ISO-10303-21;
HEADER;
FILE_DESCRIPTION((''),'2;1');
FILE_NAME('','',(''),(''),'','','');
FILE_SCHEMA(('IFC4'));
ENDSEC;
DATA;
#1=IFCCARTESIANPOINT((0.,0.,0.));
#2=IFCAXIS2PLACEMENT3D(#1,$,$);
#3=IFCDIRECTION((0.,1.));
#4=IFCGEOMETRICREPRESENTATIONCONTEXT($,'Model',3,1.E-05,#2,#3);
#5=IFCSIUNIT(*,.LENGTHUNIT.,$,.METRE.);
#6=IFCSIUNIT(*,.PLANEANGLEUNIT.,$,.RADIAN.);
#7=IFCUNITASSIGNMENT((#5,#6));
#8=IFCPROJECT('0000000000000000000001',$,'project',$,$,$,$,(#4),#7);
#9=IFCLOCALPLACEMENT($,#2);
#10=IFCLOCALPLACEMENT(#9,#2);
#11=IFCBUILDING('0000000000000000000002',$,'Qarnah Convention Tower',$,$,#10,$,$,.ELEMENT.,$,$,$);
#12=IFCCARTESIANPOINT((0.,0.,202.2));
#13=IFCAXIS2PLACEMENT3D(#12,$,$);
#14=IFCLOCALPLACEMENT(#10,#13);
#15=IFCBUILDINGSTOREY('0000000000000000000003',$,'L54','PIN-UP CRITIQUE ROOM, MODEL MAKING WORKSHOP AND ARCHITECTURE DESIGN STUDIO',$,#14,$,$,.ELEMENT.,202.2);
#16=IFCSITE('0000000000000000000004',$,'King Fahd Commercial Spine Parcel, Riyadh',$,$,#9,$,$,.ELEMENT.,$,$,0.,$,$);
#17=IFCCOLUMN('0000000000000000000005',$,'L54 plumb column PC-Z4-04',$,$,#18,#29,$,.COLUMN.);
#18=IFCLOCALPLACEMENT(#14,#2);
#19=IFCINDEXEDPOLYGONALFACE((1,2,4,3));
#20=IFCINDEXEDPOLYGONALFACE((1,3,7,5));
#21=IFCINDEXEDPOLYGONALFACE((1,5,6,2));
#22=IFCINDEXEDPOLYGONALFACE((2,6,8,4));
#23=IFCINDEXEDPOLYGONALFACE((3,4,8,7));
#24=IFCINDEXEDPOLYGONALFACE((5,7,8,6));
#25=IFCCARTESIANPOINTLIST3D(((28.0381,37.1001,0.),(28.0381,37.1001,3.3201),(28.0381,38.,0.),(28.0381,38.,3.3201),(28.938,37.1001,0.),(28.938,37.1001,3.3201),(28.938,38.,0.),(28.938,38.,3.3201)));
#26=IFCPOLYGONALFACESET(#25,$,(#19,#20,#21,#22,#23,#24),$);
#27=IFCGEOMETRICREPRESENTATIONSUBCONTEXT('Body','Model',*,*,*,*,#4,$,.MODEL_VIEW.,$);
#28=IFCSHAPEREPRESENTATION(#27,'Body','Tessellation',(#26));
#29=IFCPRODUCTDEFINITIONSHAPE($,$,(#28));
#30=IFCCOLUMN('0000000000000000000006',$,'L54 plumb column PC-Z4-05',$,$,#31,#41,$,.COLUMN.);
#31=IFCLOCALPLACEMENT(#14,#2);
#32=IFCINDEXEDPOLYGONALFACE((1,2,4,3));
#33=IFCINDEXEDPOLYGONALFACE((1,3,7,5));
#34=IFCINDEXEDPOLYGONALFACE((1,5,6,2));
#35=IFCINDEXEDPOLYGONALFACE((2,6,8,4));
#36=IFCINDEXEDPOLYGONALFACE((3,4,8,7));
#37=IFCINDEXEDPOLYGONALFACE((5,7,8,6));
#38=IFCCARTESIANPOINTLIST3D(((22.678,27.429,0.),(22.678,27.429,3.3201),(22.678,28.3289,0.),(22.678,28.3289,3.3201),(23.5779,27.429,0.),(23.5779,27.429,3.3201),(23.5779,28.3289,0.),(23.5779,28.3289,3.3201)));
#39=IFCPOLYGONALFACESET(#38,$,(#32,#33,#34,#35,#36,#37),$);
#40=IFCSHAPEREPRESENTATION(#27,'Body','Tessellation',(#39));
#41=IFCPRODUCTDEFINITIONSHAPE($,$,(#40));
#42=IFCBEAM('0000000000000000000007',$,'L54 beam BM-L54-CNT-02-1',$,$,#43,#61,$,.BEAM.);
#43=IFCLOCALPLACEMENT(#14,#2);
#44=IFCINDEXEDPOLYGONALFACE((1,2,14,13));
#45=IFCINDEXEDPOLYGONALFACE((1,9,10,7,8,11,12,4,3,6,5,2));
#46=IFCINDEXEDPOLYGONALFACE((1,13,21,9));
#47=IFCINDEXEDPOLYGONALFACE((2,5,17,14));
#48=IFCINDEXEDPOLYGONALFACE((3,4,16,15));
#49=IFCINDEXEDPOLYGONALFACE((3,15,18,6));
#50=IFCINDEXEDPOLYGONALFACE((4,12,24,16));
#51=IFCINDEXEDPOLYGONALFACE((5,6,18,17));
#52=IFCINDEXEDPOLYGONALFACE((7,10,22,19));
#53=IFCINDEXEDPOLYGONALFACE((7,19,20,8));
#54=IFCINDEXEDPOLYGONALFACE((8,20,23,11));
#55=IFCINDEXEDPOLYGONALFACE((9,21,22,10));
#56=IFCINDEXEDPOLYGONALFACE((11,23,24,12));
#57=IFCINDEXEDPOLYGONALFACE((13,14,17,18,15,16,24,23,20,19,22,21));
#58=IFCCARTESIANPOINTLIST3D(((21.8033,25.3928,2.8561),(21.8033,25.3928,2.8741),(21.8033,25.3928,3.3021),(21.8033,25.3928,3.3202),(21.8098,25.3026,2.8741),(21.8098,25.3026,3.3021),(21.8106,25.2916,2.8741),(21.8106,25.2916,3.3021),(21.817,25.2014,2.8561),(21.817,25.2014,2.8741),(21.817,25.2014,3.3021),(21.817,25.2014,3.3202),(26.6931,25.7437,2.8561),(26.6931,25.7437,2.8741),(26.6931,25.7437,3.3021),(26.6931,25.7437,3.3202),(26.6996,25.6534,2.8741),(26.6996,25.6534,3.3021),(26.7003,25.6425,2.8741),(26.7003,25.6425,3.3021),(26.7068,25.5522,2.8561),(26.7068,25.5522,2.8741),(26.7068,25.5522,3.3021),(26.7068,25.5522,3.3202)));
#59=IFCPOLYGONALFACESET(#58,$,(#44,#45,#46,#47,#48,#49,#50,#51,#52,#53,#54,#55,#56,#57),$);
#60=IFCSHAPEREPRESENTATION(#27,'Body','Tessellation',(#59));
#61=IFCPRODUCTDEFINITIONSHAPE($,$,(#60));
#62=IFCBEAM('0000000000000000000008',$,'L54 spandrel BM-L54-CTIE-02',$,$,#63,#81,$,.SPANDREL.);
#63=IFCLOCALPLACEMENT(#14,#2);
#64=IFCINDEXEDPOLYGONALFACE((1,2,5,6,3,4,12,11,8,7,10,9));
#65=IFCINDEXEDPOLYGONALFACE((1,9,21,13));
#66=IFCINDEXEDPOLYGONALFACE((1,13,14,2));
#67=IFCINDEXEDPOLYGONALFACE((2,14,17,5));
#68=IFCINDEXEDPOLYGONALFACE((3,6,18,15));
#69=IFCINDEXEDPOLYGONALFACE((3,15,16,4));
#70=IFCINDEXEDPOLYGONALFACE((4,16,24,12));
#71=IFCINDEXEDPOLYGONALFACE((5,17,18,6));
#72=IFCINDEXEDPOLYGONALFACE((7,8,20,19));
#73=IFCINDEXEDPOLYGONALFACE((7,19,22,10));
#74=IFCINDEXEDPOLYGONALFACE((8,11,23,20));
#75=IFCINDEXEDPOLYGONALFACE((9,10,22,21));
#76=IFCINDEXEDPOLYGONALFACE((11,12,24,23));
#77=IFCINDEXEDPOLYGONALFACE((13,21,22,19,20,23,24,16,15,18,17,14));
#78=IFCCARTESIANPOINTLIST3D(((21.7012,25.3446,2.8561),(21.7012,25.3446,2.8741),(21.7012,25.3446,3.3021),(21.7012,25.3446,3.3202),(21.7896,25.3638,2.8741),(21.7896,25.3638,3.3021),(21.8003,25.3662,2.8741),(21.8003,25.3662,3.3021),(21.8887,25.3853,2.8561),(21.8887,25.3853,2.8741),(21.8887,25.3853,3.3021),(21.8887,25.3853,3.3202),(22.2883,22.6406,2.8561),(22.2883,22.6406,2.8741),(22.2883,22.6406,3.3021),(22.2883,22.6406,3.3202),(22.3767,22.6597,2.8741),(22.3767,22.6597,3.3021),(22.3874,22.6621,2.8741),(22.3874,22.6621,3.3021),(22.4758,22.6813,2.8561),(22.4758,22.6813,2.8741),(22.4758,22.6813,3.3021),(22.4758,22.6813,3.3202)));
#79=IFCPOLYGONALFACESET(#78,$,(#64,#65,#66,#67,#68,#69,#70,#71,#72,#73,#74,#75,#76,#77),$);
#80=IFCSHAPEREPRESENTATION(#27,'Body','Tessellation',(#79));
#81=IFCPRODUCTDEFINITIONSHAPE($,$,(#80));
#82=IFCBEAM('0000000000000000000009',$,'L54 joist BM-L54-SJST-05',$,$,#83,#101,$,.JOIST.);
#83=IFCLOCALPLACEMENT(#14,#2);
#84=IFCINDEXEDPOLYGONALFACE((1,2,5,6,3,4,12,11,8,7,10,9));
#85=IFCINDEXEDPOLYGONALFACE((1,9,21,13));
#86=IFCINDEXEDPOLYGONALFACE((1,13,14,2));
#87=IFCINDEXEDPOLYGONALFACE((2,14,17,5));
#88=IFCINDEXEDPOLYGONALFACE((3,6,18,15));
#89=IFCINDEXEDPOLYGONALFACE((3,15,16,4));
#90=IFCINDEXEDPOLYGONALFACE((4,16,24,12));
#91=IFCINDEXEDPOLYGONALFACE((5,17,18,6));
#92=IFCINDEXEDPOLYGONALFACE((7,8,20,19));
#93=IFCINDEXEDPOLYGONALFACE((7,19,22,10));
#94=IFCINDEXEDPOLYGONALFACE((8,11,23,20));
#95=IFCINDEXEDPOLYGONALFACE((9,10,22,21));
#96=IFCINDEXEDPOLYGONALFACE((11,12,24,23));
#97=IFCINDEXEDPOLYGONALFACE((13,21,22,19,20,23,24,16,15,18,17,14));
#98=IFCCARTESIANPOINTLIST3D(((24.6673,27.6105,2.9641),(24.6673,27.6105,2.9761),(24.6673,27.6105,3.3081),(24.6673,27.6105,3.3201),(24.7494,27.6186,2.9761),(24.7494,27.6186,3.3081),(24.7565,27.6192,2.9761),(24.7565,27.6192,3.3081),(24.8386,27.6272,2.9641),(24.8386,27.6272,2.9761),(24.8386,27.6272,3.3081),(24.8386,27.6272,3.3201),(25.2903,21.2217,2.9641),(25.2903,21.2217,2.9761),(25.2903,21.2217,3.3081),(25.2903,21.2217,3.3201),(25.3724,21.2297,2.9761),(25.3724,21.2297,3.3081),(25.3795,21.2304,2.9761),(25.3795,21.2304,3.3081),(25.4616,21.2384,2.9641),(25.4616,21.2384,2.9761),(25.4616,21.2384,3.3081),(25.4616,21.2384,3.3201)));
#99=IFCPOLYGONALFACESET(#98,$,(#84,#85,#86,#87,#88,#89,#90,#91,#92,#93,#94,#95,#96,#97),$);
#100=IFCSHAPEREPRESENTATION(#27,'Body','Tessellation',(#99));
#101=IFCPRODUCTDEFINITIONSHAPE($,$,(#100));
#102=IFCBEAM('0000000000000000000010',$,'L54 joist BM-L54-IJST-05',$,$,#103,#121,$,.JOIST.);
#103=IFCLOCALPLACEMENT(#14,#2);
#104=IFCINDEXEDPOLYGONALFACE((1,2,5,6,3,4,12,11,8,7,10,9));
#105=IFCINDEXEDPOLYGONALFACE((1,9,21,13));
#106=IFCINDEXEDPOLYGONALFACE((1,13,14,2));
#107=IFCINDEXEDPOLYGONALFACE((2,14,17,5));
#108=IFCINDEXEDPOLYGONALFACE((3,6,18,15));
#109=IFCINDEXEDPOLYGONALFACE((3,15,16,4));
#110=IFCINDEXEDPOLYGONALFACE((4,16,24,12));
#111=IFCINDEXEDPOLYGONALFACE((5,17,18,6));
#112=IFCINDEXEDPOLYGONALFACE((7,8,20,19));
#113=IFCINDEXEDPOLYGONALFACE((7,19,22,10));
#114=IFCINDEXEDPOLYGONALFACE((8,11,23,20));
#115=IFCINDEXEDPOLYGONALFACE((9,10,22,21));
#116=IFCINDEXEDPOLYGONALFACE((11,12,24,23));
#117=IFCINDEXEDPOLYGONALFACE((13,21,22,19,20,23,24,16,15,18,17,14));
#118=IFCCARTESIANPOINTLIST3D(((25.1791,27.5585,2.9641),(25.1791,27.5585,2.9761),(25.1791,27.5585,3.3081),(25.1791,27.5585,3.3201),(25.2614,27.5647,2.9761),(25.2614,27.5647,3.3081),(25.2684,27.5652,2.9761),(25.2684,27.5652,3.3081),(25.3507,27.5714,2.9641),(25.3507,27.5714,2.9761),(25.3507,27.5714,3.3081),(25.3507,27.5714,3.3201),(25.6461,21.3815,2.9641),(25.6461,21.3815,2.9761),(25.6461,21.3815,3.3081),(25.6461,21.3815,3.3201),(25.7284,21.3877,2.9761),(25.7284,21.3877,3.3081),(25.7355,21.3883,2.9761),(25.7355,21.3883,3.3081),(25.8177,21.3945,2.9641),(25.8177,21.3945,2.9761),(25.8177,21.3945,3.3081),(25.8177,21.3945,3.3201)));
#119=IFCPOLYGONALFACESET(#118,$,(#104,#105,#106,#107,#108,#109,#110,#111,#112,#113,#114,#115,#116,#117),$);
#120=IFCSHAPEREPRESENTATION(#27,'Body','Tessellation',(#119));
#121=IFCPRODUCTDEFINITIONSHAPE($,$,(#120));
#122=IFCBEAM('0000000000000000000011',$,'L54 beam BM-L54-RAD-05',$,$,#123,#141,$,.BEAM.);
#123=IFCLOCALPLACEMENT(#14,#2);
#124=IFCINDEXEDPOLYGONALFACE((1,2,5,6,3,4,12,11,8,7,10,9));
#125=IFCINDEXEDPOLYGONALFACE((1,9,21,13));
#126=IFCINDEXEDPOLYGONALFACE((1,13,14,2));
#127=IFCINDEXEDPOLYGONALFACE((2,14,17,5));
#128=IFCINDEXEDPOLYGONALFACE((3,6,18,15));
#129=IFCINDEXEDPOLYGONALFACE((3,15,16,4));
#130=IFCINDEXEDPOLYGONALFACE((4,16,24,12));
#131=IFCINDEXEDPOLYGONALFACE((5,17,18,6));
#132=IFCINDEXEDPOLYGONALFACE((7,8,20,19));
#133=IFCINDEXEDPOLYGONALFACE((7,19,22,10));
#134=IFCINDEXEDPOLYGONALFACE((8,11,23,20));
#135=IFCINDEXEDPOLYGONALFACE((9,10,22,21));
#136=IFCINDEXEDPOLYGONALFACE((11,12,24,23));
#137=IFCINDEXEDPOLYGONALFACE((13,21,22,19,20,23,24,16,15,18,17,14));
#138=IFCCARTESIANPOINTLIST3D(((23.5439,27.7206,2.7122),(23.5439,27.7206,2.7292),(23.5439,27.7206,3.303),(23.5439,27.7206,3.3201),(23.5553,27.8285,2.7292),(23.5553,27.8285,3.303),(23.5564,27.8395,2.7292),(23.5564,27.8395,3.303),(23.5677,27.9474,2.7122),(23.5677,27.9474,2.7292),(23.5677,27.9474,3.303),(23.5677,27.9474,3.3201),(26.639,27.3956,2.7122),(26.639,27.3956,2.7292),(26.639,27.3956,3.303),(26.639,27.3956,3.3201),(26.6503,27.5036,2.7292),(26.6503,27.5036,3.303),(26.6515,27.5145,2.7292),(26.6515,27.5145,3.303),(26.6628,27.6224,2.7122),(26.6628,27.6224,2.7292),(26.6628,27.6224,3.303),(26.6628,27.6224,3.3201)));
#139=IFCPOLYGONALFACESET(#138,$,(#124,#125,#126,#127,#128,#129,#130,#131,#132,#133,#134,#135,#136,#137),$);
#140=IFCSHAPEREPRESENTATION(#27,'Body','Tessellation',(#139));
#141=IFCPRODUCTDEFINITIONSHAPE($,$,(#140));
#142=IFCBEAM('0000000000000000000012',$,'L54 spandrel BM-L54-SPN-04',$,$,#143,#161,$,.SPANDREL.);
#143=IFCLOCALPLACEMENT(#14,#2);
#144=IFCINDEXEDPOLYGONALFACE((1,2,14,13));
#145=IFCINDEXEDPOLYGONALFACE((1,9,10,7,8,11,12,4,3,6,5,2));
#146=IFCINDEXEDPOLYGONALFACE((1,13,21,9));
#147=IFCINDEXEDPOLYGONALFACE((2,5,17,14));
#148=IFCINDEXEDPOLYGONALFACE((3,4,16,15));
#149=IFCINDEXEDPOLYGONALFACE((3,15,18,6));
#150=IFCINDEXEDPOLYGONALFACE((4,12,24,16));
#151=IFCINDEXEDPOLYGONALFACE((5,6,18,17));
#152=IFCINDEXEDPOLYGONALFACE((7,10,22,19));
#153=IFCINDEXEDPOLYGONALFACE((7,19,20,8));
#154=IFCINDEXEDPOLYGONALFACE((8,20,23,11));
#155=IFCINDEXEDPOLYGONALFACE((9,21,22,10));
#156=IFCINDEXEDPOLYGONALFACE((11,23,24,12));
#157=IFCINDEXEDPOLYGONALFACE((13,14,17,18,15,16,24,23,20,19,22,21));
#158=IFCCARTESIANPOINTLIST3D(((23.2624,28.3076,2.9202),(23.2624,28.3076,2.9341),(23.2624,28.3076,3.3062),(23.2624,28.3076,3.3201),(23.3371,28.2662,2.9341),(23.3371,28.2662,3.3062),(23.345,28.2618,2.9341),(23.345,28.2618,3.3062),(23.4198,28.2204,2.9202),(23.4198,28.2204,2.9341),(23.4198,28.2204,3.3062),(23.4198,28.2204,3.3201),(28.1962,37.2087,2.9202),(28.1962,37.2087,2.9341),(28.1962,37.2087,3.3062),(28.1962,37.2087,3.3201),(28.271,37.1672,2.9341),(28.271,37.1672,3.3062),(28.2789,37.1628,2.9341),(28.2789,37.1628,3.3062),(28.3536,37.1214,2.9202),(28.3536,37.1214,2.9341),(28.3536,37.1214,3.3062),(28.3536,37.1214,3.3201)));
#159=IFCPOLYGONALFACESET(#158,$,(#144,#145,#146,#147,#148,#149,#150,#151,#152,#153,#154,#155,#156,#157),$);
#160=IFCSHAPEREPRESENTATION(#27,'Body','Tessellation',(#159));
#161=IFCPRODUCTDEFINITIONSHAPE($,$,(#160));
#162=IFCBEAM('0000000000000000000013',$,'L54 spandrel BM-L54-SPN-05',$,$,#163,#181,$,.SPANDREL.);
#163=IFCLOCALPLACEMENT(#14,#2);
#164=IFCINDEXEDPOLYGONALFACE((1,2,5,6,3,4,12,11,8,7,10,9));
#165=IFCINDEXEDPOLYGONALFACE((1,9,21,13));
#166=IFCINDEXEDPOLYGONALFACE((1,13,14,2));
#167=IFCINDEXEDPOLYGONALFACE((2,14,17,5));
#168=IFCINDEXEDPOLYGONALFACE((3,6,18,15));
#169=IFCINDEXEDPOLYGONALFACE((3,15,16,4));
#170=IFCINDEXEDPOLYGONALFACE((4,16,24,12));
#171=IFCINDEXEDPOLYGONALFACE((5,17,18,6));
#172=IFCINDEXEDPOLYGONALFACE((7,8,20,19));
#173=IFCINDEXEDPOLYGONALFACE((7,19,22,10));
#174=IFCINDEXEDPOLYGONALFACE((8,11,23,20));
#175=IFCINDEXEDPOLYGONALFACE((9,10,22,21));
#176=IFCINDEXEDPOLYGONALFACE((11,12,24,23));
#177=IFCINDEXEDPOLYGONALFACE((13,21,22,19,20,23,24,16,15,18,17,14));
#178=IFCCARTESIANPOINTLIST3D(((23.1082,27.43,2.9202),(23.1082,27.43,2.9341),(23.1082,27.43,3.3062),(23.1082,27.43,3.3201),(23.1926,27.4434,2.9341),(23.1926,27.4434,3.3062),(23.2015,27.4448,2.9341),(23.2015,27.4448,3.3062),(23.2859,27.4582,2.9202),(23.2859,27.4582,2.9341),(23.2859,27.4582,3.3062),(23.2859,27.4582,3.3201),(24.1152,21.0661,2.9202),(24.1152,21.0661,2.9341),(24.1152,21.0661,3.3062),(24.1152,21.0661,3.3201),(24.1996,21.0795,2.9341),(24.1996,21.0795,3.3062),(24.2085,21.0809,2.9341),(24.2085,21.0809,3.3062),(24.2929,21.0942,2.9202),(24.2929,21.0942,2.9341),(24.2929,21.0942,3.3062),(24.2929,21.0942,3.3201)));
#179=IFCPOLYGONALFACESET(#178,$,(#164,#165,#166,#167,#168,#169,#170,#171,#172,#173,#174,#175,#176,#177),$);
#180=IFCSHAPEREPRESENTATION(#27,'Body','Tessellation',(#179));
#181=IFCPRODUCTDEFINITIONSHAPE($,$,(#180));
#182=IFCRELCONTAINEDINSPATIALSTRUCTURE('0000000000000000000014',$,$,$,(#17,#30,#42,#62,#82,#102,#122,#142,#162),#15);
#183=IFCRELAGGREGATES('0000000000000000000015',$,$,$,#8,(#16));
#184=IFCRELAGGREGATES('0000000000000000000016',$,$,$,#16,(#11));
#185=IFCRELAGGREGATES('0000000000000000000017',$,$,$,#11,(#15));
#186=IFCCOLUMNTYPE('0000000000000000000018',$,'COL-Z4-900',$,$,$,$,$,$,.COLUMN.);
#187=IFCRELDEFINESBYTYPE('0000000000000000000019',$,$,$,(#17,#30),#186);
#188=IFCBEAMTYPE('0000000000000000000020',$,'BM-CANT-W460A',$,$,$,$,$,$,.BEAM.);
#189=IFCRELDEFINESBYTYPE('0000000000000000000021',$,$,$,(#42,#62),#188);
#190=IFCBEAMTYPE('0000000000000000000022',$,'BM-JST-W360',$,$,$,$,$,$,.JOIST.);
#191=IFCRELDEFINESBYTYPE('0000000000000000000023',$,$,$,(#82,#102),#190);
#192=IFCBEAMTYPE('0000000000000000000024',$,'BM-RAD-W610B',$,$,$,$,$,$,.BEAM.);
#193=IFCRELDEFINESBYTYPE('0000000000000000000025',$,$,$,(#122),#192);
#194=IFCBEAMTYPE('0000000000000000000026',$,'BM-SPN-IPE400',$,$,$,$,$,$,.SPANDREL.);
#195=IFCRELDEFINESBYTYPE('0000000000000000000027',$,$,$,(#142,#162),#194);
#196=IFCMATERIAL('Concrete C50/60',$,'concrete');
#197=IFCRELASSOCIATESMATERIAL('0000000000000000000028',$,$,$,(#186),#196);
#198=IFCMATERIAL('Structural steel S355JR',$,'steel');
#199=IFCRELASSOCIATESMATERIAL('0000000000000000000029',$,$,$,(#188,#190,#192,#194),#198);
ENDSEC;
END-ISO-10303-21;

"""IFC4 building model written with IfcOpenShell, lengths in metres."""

from ifc_helpers import new_model, si_unit, direction, frame, origin, origin_2d, place, context, subcontext, project, spatial, rectangle, i_section, extrude, material, material_profile, profile_set, type_object, element, save


model = new_model("IFC4")

# Units and contexts
model_context = context("Model", 3, precision=1e-05, world=origin(), true_north=direction((0.0, 1.0)))
body_context = subcontext(model_context, "Body", "Model", "MODEL_VIEW")
ifc_project = project(units=[si_unit("LENGTHUNIT", "METRE"), si_unit("PLANEANGLEUNIT", "RADIAN")], contexts=[model_context])

# Site, building, storey
site_placement = place(None, origin())
site = spatial("IfcSite", under=ifc_project, at=site_placement, Name="King Fahd Commercial Spine Parcel, Riyadh", CompositionType="ELEMENT", RefElevation=0.0)
building_placement = place(site_placement, origin())
building = spatial("IfcBuilding", under=site, at=building_placement, Name="Qarnah Convention Tower", CompositionType="ELEMENT")
storey_placement = place(building_placement, frame((0.0, 0.0, 202.2)))
storey = spatial("IfcBuildingStorey", under=building, at=storey_placement, Name="L54", Description="PIN-UP CRITIQUE ROOM, MODEL MAKING WORKSHOP AND ARCHITECTURE DESIGN STUDIO", CompositionType="ELEMENT", Elevation=202.2)

# Columns
ifc_material_1 = material(Name="Concrete C50/60", Category="concrete")
ifc_material_profile_1 = material_profile(ifc_material_1, rectangle(XDim=0.8999, YDim=0.8999, at=origin_2d()), Name="RC-COL-900X900")
ifc_profile_set_1 = profile_set([ifc_material_profile_1], Name="Concrete C50/60")
column_type = type_object("IfcColumnType", Name="COL-Z4-900", PredefinedType="COLUMN", material=ifc_profile_set_1)
for number, where, z_axis, x_axis, name in (
    (1, (28.488, 37.55, 0.0), (0.0, 0.0, 1.0), (1.0, 0.0, 0.0), "L54 plumb column PC-Z4-04"),
    (2, (23.1279, 27.8789, 0.0), (0.0, 0.0, 1.0), (1.0, 0.0, 0.0), "L54 plumb column PC-Z4-05"),
):
    element("IfcColumn", number, at=place(storey_placement, frame(where, z_axis=z_axis, x_axis=x_axis)), inside=storey, type_object=column_type, Name=name, PredefinedType="COLUMN", context=body_context, shape_type="SweptSolid", body=[
        extrude(rectangle(XDim=0.8999, YDim=0.8999, at=origin_2d()), origin(), (0.0, 0.0, 1.0), 3.3201),
    ])

# Beams
ifc_material_2 = material(Name="Structural steel S355JR", Category="steel")
ifc_material_profile_2 = material_profile(ifc_material_2, i_section(OverallWidth=0.1919, OverallDepth=0.4641, WebThickness=0.011, FlangeThickness=0.0181, at=origin_2d()), Name="W460X89")
ifc_profile_set_2 = profile_set([ifc_material_profile_2], Name="Structural steel S355JR")
beam_type_1 = type_object("IfcBeamType", Name="BM-CANT-W460A", PredefinedType="BEAM", material=ifc_profile_set_2)
beam_1_placement = place(storey_placement, frame((26.7, 25.6479, 3.0881), z_axis=(-0.997436, -0.071562, 0.0), x_axis=(0.071562, -0.997436, 0.0)))
element("IfcBeam", 3, at=beam_1_placement, inside=storey, type_object=beam_type_1, Name="L54 beam BM-L54-CNT-02-1", PredefinedType="BEAM", context=body_context, shape_type="SweptSolid", body=[
    extrude(i_section(OverallWidth=0.1919, OverallDepth=0.4641, WebThickness=0.011, FlangeThickness=0.0181, at=origin_2d()), origin(), (0.0, 0.0, 1.0), 4.9023),
])
beam_2_placement = place(storey_placement, frame((21.7949, 25.365, 3.0881), z_axis=(0.212192, -0.977228, 0.0), x_axis=(0.977228, 0.212192, 0.0)))
element("IfcBeam", 4, at=beam_2_placement, inside=storey, type_object=beam_type_1, Name="L54 spandrel BM-L54-CTIE-02", PredefinedType="SPANDREL", context=body_context, shape_type="SweptSolid", body=[
    extrude(i_section(OverallWidth=0.1919, OverallDepth=0.4641, WebThickness=0.011, FlangeThickness=0.0181, at=origin_2d()), origin(), (0.0, 0.0, 1.0), 2.7671),
])
ifc_material_profile_3 = material_profile(ifc_material_2, i_section(OverallWidth=0.1721, OverallDepth=0.356, WebThickness=0.0071, FlangeThickness=0.012, at=origin_2d()), Name="W360X51")
ifc_profile_set_3 = profile_set([ifc_material_profile_3], Name="Structural steel S355JR")
beam_type_2 = type_object("IfcBeamType", Name="BM-JST-W360", PredefinedType="JOIST", material=ifc_profile_set_3)
beam_3_placement = place(storey_placement, frame((24.7529, 27.6189, 3.1421), z_axis=(0.09706, -0.995279, 0.0), x_axis=(0.995279, 0.09706, 0.0)))
element("IfcBeam", 5, at=beam_3_placement, inside=storey, type_object=beam_type_2, Name="L54 joist BM-L54-SJST-05", PredefinedType="JOIST", context=body_context, shape_type="SweptSolid", body=[
    extrude(i_section(OverallWidth=0.1721, OverallDepth=0.356, WebThickness=0.0071, FlangeThickness=0.012, at=origin_2d()), origin(), (0.0, 0.0, 1.0), 6.4192),
])
beam_4_placement = place(storey_placement, frame((25.2649, 27.5649, 3.1421), z_axis=(0.075394, -0.997154, 0.0), x_axis=(0.997154, 0.075394, 0.0)))
element("IfcBeam", 6, at=beam_4_placement, inside=storey, type_object=beam_type_2, Name="L54 joist BM-L54-IJST-05", PredefinedType="JOIST", context=body_context, shape_type="SweptSolid", body=[
    extrude(i_section(OverallWidth=0.1721, OverallDepth=0.356, WebThickness=0.0071, FlangeThickness=0.012, at=origin_2d()), origin(), (0.0, 0.0, 1.0), 6.1946),
])
ifc_material_profile_4 = material_profile(ifc_material_2, i_section(OverallWidth=0.228, OverallDepth=0.6079, WebThickness=0.011, FlangeThickness=0.0171, at=origin_2d()), Name="W610X113")
ifc_profile_set_4 = profile_set([ifc_material_profile_4], Name="Structural steel S355JR")
beam_type_3 = type_object("IfcBeamType", Name="BM-RAD-W610B", PredefinedType="BEAM", material=ifc_profile_set_4)
beam_5_placement = place(storey_placement, frame((26.6509, 27.509, 3.0161), z_axis=(-0.994533, 0.104419, 0.0), x_axis=(-0.104419, -0.994533, 0.0)))
element("IfcBeam", 7, at=beam_5_placement, inside=storey, type_object=beam_type_3, Name="L54 beam BM-L54-RAD-05", PredefinedType="BEAM", context=body_context, shape_type="SweptSolid", body=[
    extrude(i_section(OverallWidth=0.228, OverallDepth=0.6079, WebThickness=0.011, FlangeThickness=0.0171, at=origin_2d()), origin(), (0.0, 0.0, 1.0), 3.1121),
])
ifc_material_profile_5 = material_profile(ifc_material_2, i_section(OverallWidth=0.1799, OverallDepth=0.3999, WebThickness=0.009, FlangeThickness=0.0139, at=origin_2d()), Name="IPE400")
ifc_profile_set_5 = profile_set([ifc_material_profile_5], Name="Structural steel S355JR")
beam_type_4 = type_object("IfcBeamType", Name="BM-SPN-IPE400", PredefinedType="SPANDREL", material=ifc_profile_set_5)
beam_6_placement = place(storey_placement, frame((28.2749, 37.165, 3.1201), z_axis=(-0.484799, -0.874625, 0.0), x_axis=(0.874625, -0.484799, 0.0)))
element("IfcBeam", 8, at=beam_6_placement, inside=storey, type_object=beam_type_4, Name="L54 spandrel BM-L54-SPN-04", PredefinedType="SPANDREL", context=body_context, shape_type="SweptSolid", body=[
    extrude(i_section(OverallWidth=0.1799, OverallDepth=0.3999, WebThickness=0.009, FlangeThickness=0.0139, at=origin_2d()), origin(), (0.0, 0.0, 1.0), 10.177),
])
beam_7_placement = place(storey_placement, frame((23.197, 27.4441, 3.1201), z_axis=(0.156301, -0.987709, 0.0), x_axis=(0.987709, 0.156301, 0.0)))
element("IfcBeam", 9, at=beam_7_placement, inside=storey, type_object=beam_type_4, Name="L54 spandrel BM-L54-SPN-05", PredefinedType="SPANDREL", context=body_context, shape_type="SweptSolid", body=[
    extrude(i_section(OverallWidth=0.1799, OverallDepth=0.3999, WebThickness=0.009, FlangeThickness=0.0139, at=origin_2d()), origin(), (0.0, 0.0, 1.0), 6.4431),
])

save(model, "model.ifc")
